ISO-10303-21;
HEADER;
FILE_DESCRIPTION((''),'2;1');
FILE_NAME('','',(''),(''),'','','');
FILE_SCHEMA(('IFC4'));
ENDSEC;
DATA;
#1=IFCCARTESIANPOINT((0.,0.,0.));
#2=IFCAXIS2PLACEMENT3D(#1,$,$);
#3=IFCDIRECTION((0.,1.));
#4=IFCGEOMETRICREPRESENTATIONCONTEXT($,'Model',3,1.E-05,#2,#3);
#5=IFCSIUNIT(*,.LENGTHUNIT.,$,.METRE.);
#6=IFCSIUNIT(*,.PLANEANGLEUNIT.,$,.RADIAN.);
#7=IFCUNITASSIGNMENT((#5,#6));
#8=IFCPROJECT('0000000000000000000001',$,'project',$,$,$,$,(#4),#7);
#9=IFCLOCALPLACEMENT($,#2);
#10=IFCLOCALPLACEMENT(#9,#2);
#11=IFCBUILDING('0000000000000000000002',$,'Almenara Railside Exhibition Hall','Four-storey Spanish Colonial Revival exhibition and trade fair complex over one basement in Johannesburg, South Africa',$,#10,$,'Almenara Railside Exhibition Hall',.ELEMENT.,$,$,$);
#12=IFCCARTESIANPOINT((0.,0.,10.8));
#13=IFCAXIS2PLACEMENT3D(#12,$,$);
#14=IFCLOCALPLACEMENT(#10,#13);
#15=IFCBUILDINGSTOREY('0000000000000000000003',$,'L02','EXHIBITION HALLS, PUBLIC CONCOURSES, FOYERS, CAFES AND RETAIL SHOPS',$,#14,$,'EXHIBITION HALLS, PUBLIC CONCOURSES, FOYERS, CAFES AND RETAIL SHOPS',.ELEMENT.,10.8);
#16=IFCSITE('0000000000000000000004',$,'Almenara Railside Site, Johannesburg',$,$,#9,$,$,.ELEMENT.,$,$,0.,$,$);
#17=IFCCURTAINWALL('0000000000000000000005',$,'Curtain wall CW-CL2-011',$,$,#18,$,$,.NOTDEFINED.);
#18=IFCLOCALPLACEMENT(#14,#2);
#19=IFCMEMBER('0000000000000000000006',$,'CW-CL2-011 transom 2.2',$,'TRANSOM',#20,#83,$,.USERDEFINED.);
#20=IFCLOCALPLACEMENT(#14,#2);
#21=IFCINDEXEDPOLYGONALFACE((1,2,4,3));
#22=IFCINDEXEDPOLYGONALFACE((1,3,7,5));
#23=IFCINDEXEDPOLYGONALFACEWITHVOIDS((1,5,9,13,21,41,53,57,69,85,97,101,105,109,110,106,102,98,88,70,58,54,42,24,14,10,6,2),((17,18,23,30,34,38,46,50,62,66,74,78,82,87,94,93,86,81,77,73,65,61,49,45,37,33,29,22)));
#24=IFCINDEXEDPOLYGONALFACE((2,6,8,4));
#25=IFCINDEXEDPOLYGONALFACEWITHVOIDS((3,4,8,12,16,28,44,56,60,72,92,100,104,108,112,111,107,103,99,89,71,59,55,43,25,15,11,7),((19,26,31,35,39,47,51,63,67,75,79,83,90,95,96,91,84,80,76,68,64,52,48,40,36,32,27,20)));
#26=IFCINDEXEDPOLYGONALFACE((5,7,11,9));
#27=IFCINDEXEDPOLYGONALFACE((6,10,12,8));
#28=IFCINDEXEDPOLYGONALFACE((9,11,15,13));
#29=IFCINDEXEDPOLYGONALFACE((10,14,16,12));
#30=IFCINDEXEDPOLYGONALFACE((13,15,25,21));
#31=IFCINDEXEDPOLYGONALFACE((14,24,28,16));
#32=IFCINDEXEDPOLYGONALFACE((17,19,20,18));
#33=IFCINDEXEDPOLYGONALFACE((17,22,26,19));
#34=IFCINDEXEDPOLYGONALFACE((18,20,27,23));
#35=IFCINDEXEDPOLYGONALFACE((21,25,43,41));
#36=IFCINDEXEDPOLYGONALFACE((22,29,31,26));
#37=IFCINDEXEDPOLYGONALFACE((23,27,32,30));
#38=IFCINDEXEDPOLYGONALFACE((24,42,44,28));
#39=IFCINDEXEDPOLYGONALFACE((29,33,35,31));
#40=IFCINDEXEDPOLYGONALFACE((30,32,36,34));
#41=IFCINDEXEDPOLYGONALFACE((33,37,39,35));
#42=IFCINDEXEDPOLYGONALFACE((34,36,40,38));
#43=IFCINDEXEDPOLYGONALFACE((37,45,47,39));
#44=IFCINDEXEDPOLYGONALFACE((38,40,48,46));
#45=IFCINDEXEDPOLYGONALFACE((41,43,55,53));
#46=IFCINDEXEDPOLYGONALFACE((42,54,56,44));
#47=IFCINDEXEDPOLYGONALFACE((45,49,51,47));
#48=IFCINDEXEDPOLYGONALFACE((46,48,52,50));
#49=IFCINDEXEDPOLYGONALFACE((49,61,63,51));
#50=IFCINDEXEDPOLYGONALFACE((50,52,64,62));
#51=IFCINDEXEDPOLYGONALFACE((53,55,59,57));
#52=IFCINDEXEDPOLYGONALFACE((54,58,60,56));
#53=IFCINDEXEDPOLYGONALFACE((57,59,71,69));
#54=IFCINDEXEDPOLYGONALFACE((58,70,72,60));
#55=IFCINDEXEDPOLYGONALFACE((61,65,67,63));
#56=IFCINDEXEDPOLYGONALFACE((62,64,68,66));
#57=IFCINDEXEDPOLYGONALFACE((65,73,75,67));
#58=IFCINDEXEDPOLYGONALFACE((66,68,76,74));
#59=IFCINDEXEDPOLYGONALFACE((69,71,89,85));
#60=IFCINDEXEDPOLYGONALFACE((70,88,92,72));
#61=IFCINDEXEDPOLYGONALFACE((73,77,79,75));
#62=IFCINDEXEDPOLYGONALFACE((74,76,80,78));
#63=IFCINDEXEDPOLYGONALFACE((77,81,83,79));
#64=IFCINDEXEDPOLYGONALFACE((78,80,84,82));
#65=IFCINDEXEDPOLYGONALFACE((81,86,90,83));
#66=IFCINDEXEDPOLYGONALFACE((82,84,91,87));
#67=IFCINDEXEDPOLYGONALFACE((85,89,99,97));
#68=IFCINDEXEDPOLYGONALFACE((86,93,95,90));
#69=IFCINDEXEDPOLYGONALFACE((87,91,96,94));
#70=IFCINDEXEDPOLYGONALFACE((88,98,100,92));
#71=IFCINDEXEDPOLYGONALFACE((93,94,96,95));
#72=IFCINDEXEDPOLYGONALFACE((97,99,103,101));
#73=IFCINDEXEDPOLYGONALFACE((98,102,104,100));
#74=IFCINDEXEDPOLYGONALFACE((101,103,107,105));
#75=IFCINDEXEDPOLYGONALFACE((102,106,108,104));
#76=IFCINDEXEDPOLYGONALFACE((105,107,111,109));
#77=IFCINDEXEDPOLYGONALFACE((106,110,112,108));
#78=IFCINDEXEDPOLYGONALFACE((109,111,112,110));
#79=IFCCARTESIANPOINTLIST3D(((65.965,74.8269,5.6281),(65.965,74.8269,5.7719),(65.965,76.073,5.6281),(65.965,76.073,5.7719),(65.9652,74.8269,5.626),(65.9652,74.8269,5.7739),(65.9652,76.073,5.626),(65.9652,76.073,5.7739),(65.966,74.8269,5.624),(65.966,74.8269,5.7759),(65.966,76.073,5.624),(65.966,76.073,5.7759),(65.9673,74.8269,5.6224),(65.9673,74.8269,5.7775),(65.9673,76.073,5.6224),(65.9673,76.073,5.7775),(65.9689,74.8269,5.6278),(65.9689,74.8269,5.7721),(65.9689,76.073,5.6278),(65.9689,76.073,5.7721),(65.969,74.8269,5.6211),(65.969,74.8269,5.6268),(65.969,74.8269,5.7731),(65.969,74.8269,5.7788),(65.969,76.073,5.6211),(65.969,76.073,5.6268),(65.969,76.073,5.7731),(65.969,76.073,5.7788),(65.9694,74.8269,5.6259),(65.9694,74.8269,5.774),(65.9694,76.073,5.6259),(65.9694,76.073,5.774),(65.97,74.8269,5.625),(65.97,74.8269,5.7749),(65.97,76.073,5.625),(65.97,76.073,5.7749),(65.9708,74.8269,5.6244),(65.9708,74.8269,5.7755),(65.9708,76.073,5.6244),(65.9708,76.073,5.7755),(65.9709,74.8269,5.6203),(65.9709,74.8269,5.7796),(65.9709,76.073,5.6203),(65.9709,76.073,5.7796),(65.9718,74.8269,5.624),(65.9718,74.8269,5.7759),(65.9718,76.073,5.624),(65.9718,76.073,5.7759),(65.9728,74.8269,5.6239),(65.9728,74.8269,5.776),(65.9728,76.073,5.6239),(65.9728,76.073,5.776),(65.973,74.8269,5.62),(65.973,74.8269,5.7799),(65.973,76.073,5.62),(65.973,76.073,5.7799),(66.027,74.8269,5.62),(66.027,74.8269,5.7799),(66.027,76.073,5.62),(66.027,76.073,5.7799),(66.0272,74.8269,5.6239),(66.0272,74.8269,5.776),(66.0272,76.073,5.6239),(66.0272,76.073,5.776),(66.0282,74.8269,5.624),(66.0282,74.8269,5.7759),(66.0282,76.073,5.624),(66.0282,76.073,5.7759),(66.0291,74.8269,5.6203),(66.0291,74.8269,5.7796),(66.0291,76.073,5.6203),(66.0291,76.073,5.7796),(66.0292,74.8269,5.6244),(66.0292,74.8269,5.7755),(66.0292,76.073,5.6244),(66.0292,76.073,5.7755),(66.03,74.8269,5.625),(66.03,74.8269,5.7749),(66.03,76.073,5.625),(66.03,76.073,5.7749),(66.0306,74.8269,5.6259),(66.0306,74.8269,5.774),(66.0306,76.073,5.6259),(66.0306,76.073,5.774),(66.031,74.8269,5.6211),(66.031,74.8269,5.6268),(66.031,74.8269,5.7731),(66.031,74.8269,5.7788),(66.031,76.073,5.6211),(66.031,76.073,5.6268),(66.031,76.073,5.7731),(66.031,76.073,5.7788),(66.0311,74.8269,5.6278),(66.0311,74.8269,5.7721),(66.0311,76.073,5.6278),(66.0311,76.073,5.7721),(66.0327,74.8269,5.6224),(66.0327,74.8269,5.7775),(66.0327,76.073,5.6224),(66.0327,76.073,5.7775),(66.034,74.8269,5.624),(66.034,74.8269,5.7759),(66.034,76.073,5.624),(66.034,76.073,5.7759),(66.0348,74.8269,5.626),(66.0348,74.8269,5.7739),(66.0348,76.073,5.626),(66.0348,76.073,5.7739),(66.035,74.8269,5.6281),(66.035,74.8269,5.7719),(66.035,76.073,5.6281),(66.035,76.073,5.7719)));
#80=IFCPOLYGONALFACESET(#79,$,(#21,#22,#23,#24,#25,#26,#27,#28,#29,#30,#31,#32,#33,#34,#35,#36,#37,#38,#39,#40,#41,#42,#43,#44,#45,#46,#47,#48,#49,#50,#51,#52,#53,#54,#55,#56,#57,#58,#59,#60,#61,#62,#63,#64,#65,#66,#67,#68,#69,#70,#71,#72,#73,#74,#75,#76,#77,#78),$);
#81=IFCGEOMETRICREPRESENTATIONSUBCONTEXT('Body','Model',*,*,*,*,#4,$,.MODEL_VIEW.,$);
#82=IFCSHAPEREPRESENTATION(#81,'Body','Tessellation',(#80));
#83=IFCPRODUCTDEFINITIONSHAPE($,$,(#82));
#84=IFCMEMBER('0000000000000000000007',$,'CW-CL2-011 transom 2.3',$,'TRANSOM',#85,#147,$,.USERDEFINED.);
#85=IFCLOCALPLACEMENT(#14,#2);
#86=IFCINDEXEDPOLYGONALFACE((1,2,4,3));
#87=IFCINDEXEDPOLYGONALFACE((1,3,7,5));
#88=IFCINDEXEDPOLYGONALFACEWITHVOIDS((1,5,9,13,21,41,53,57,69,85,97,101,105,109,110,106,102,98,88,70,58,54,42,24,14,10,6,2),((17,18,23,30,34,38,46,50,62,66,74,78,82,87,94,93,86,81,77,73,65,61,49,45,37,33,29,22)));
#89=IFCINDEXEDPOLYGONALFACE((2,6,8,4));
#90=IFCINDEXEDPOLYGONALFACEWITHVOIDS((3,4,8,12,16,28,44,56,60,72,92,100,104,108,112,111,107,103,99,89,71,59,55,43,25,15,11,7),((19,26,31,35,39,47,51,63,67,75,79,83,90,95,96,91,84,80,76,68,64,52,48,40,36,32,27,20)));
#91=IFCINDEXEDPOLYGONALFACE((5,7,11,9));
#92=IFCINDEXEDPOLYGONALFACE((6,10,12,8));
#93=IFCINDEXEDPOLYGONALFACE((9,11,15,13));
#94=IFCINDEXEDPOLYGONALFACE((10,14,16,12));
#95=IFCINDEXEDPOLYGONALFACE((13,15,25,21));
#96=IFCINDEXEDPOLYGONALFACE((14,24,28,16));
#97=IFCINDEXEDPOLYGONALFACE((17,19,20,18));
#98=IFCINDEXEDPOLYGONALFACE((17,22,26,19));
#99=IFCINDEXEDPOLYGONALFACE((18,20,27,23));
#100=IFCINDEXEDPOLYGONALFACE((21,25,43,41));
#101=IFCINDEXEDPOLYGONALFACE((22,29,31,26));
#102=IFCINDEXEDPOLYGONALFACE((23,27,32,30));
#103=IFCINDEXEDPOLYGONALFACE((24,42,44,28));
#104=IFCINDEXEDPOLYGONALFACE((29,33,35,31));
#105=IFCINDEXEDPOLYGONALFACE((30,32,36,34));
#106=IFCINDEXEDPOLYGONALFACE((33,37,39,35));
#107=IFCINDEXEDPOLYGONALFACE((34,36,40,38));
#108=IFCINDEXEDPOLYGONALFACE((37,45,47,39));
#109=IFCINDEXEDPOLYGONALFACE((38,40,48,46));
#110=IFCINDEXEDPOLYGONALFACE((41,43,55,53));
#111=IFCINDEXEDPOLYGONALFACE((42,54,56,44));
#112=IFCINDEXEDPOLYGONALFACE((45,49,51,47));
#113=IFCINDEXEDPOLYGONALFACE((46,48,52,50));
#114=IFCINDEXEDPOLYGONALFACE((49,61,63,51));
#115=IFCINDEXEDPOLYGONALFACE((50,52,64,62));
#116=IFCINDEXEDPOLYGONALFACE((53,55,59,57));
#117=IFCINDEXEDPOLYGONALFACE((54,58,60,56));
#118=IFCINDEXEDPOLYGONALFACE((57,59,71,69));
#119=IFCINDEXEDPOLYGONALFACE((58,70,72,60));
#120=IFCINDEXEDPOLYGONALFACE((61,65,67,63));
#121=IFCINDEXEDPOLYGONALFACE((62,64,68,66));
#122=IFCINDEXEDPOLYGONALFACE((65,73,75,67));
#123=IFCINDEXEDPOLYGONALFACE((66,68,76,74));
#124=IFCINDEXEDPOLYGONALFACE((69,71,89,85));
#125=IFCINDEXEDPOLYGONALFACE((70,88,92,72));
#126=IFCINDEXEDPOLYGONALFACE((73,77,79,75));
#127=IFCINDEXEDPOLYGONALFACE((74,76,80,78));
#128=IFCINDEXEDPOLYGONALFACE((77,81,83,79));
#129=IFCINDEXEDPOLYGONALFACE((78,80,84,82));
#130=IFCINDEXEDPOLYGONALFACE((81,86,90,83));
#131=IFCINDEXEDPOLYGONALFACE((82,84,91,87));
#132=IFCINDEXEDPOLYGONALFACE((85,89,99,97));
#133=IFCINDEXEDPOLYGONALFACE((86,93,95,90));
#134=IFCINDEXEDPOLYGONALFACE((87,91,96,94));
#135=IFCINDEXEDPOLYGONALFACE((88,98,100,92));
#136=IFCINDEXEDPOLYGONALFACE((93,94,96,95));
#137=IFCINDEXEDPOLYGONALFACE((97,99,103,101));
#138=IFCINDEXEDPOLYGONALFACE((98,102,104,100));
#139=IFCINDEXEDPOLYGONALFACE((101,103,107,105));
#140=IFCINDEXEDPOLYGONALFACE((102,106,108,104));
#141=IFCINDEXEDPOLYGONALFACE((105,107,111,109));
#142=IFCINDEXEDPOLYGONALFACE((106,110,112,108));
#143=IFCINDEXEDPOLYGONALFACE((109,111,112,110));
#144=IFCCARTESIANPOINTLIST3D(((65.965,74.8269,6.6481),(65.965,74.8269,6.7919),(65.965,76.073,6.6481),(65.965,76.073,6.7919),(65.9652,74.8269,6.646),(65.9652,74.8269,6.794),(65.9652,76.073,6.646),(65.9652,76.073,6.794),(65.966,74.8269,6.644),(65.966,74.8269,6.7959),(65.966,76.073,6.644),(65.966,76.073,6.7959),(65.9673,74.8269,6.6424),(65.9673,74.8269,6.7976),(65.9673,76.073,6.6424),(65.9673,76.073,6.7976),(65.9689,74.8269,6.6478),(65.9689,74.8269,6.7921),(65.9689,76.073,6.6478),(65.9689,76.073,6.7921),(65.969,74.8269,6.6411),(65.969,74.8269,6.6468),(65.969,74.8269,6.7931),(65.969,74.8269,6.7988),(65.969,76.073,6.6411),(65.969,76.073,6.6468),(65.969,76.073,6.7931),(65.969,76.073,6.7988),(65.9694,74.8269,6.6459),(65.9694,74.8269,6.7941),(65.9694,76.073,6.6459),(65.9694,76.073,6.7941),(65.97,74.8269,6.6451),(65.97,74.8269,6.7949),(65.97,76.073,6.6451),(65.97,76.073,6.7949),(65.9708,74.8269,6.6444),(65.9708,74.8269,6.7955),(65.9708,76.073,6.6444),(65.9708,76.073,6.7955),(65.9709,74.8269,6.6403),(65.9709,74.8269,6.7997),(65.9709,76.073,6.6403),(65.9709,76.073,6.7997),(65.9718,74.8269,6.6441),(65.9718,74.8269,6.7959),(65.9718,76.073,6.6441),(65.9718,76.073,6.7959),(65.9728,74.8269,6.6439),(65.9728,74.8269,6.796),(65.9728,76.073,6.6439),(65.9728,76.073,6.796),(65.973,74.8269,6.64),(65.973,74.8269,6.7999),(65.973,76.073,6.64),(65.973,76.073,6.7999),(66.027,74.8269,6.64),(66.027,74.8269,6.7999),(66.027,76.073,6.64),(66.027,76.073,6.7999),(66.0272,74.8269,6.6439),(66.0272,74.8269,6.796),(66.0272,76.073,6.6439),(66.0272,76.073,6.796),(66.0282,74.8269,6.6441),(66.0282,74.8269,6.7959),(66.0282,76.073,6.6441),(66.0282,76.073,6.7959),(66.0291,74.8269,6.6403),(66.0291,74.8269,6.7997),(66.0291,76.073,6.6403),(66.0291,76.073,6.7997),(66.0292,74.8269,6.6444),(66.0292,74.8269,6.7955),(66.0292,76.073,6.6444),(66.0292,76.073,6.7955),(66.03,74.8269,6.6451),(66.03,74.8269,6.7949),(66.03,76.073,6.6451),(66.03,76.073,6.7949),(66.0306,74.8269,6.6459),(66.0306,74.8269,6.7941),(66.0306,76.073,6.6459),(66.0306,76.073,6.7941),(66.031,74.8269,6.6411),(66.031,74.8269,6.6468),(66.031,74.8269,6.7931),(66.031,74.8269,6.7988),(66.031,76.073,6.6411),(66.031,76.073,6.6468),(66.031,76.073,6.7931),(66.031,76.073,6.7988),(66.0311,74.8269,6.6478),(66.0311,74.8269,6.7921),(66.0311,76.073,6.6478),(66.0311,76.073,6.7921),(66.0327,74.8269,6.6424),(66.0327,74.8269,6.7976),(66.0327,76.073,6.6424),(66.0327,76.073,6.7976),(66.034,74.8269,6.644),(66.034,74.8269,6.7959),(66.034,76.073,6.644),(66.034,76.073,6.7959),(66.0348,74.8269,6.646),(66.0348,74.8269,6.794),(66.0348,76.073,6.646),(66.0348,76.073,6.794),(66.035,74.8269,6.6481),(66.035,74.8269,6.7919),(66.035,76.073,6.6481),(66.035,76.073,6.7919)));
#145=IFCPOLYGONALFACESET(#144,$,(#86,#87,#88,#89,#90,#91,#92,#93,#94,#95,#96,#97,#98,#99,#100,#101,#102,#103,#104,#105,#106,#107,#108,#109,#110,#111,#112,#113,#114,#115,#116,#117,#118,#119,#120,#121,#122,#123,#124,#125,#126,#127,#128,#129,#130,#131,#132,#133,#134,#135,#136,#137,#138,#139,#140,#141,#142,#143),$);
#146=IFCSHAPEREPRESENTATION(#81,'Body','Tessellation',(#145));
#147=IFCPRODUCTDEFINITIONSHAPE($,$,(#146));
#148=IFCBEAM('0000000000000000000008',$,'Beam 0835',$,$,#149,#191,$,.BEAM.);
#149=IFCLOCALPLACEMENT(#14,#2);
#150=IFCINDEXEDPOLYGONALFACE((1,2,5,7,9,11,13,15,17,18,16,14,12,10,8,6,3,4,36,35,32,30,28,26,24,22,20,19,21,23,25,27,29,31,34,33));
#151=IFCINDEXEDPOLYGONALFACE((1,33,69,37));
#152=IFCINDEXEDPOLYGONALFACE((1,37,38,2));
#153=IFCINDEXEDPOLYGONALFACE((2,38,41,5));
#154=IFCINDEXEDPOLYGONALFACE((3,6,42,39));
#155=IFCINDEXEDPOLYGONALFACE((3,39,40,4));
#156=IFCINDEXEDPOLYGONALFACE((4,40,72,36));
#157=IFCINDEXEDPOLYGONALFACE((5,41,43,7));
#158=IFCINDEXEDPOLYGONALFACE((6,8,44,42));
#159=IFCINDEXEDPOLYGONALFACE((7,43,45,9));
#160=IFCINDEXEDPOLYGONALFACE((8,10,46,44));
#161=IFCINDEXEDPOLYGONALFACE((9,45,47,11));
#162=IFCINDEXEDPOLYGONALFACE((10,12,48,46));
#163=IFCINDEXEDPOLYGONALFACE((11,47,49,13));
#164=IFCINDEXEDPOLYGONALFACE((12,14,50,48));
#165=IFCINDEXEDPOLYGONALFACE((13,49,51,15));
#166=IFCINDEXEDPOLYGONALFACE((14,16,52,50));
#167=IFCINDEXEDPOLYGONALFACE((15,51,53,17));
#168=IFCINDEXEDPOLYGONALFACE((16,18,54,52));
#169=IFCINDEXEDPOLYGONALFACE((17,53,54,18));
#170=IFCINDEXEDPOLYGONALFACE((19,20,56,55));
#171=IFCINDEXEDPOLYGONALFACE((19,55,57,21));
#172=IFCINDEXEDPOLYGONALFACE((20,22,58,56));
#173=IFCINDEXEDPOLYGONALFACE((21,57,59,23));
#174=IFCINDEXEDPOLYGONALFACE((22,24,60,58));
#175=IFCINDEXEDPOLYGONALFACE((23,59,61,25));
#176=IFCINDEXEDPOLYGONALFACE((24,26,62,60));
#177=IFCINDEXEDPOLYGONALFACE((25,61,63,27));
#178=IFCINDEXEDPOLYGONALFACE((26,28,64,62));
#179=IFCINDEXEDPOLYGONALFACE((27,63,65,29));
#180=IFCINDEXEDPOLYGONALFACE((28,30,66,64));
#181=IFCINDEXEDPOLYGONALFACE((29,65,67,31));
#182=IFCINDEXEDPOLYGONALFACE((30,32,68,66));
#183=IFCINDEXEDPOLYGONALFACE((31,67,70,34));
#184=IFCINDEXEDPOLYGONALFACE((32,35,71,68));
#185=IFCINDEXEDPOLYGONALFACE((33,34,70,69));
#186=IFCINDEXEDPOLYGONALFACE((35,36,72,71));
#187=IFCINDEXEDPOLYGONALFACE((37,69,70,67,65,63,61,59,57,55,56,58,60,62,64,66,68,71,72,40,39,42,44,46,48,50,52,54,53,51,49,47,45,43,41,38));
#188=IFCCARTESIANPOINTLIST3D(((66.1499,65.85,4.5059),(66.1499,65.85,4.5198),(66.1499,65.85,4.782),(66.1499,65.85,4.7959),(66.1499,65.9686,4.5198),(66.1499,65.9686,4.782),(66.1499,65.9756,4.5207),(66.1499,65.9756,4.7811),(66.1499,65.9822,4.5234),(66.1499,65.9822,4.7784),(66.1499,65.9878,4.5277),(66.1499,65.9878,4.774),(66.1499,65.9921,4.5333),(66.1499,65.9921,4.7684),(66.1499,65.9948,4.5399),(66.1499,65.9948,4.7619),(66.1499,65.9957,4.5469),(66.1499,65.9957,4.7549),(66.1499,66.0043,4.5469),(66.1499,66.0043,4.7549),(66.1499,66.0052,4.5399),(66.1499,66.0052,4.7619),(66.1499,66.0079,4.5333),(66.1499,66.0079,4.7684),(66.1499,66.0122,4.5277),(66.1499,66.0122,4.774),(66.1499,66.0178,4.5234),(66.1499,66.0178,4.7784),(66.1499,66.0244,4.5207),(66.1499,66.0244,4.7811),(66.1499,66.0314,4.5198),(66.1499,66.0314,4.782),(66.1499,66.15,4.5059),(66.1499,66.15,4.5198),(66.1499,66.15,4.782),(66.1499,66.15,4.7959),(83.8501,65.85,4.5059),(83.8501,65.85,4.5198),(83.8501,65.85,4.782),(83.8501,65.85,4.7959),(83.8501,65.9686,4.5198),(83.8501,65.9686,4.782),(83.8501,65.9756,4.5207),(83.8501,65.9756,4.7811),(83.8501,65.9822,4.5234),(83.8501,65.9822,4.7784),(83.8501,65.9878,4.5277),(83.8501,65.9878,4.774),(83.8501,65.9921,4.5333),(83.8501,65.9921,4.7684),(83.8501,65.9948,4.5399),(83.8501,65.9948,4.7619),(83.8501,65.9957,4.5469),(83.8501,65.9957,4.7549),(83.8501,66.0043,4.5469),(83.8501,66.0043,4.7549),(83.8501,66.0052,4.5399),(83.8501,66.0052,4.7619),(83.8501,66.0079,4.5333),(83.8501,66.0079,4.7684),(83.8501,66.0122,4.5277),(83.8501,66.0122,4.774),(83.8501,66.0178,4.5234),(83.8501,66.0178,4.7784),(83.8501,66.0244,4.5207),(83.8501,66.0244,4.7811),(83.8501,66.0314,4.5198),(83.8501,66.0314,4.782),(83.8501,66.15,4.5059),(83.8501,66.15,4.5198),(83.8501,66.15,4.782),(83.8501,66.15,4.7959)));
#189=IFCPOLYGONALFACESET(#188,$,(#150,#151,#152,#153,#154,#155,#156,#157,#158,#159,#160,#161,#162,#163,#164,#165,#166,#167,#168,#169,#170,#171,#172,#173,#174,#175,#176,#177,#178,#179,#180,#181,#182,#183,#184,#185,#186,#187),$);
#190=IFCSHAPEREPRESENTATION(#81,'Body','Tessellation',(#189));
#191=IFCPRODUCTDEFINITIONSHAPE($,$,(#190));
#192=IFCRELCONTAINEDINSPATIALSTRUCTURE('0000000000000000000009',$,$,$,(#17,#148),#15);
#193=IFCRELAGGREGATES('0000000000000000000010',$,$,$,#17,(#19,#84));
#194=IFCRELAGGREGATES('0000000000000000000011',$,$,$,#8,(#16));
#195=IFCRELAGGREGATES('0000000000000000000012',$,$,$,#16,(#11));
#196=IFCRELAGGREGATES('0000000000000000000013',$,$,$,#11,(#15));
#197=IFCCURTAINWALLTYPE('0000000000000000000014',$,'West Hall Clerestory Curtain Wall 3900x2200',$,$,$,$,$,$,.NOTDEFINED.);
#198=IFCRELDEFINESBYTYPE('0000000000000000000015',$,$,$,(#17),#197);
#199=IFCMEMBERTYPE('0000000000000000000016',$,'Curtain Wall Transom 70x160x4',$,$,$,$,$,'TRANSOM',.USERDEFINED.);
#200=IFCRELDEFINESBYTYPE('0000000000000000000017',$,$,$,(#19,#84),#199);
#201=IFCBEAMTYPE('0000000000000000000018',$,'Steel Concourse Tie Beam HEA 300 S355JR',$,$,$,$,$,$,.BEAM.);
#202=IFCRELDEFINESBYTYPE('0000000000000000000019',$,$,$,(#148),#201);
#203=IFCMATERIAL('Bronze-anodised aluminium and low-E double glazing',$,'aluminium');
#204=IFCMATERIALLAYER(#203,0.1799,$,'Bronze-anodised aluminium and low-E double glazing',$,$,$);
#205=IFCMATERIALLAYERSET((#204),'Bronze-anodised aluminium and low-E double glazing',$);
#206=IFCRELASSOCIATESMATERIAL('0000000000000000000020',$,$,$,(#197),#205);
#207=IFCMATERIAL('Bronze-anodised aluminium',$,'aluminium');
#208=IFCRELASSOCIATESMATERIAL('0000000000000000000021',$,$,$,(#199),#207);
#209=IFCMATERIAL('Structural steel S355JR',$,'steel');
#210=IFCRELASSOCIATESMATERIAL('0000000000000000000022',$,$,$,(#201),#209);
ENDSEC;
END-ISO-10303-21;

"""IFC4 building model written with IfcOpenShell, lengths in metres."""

from ifc_helpers import new_model, si_unit, direction, frame, origin, origin_2d, place, context, subcontext, project, spatial, hollow_rectangle, i_section, extrude, material, layer, layer_set, material_profile, profile_set, type_object, element, aggregate, save


model = new_model("IFC4")

# Units and contexts
model_context = context("Model", 3, precision=1e-05, world=origin(), true_north=direction((0.0, 1.0)))
body_context = subcontext(model_context, "Body", "Model", "MODEL_VIEW")
ifc_project = project(units=[si_unit("LENGTHUNIT", "METRE"), si_unit("PLANEANGLEUNIT", "RADIAN")], contexts=[model_context])

# Site, building, storey
site_placement = place(None, origin())
site = spatial("IfcSite", under=ifc_project, at=site_placement, Name="Almenara Railside Site, Johannesburg", CompositionType="ELEMENT", RefElevation=0.0)
building_placement = place(site_placement, origin())
building = spatial("IfcBuilding", under=site, at=building_placement, Name="Almenara Railside Exhibition Hall", Description="Four-storey Spanish Colonial Revival exhibition and trade fair complex over one basement in Johannesburg, South Africa", LongName="Almenara Railside Exhibition Hall", CompositionType="ELEMENT")
storey_placement = place(building_placement, frame((0.0, 0.0, 10.8)))
storey = spatial("IfcBuildingStorey", under=building, at=storey_placement, Name="L02", Description="EXHIBITION HALLS, PUBLIC CONCOURSES, FOYERS, CAFES AND RETAIL SHOPS", LongName="EXHIBITION HALLS, PUBLIC CONCOURSES, FOYERS, CAFES AND RETAIL SHOPS", CompositionType="ELEMENT", Elevation=10.8)

# Shared definitions
ifc_material_1 = material(Name="Structural steel S355JR", Category="steel")

# Curtain wall
ifc_material_2 = material(Name="Bronze-anodised aluminium and low-E double glazing", Category="aluminium")
ifc_material_3 = material(Name="Bronze-anodised aluminium", Category="aluminium")
ifc_layer_1 = layer(ifc_material_2, 0.1799, Name="Bronze-anodised aluminium and low-E double glazing")
ifc_layer_set_1 = layer_set([ifc_layer_1], Name="Bronze-anodised aluminium and low-E double glazing")
curtain_wall_type_1 = type_object("IfcCurtainWallType", Name="West Hall Clerestory Curtain Wall 3900x2200", PredefinedType="NOTDEFINED", material=ifc_layer_set_1)
curtain_wall_1_placement = place(storey_placement, origin())
curtain_wall_1 = element("IfcCurtainWall", 1, at=curtain_wall_1_placement, inside=storey, type_object=curtain_wall_type_1, Name="Curtain wall CW-CL2-011", PredefinedType="NOTDEFINED")

# Members
ifc_material_profile_1 = material_profile(ifc_material_3, hollow_rectangle(XDim=0.0701, YDim=0.1599, WallThickness=0.0039, InnerFilletRadius=0.0039, OuterFilletRadius=0.0081, at=origin_2d()), Name="ALU-TRN 70x160x4")
ifc_profile_set_1 = profile_set([ifc_material_profile_1], Name="Bronze-anodised aluminium")
member_type_1 = type_object("IfcMemberType", Name="Curtain Wall Transom 70x160x4", ElementType="TRANSOM", PredefinedType="USERDEFINED", material=ifc_profile_set_1)
member_1_placement = place(storey_placement, frame((66.0, 74.8269, 5.7), z_axis=(0.0, 1.0, 0.0), x_axis=(-1.0, 0.0, 0.0)))
member_1 = element("IfcMember", 2, at=member_1_placement, type_object=member_type_1, Name="CW-CL2-011 transom 2.2", ObjectType="TRANSOM", PredefinedType="USERDEFINED", context=body_context, shape_type="SweptSolid", body=[
    extrude(hollow_rectangle(XDim=0.0701, YDim=0.1599, WallThickness=0.0039, InnerFilletRadius=0.0039, OuterFilletRadius=0.0081, at=origin_2d()), origin(), (0.0, 0.0, 1.0), 1.2461),
])
member_2_placement = place(storey_placement, frame((66.0, 74.8269, 6.72), z_axis=(0.0, 1.0, 0.0), x_axis=(-1.0, 0.0, 0.0)))
member_2 = element("IfcMember", 3, at=member_2_placement, type_object=member_type_1, Name="CW-CL2-011 transom 2.3", ObjectType="TRANSOM", PredefinedType="USERDEFINED", context=body_context, shape_type="SweptSolid", body=[
    extrude(hollow_rectangle(XDim=0.0701, YDim=0.1599, WallThickness=0.0039, InnerFilletRadius=0.0039, OuterFilletRadius=0.0081, at=origin_2d()), origin(), (0.0, 0.0, 1.0), 1.2461),
])

# Beam
ifc_material_profile_2 = material_profile(ifc_material_1, i_section(OverallWidth=0.3, OverallDepth=0.29, WebThickness=0.0085, FlangeThickness=0.0139, FilletRadius=0.0271, at=origin_2d()), Name="HEA 300")
ifc_profile_set_2 = profile_set([ifc_material_profile_2], Name="Structural steel S355JR")
beam_type = type_object("IfcBeamType", Name="Steel Concourse Tie Beam HEA 300 S355JR", PredefinedType="BEAM", material=ifc_profile_set_2)
beam_placement = place(storey_placement, frame((66.1499, 66.0, 4.6509), z_axis=(1.0, 0.0, 0.0), x_axis=(0.0, 1.0, 0.0)))
element("IfcBeam", 4, at=beam_placement, inside=storey, type_object=beam_type, Name="Beam 0835", PredefinedType="BEAM", context=body_context, shape_type="SweptSolid", body=[
    extrude(i_section(OverallWidth=0.3, OverallDepth=0.29, WebThickness=0.0085, FlangeThickness=0.0139, FilletRadius=0.0271, at=origin_2d()), origin(), (0.0, 0.0, 1.0), 17.7002),
])

aggregate(curtain_wall_1, [member_1, member_2])

save(model, "model.ifc")
